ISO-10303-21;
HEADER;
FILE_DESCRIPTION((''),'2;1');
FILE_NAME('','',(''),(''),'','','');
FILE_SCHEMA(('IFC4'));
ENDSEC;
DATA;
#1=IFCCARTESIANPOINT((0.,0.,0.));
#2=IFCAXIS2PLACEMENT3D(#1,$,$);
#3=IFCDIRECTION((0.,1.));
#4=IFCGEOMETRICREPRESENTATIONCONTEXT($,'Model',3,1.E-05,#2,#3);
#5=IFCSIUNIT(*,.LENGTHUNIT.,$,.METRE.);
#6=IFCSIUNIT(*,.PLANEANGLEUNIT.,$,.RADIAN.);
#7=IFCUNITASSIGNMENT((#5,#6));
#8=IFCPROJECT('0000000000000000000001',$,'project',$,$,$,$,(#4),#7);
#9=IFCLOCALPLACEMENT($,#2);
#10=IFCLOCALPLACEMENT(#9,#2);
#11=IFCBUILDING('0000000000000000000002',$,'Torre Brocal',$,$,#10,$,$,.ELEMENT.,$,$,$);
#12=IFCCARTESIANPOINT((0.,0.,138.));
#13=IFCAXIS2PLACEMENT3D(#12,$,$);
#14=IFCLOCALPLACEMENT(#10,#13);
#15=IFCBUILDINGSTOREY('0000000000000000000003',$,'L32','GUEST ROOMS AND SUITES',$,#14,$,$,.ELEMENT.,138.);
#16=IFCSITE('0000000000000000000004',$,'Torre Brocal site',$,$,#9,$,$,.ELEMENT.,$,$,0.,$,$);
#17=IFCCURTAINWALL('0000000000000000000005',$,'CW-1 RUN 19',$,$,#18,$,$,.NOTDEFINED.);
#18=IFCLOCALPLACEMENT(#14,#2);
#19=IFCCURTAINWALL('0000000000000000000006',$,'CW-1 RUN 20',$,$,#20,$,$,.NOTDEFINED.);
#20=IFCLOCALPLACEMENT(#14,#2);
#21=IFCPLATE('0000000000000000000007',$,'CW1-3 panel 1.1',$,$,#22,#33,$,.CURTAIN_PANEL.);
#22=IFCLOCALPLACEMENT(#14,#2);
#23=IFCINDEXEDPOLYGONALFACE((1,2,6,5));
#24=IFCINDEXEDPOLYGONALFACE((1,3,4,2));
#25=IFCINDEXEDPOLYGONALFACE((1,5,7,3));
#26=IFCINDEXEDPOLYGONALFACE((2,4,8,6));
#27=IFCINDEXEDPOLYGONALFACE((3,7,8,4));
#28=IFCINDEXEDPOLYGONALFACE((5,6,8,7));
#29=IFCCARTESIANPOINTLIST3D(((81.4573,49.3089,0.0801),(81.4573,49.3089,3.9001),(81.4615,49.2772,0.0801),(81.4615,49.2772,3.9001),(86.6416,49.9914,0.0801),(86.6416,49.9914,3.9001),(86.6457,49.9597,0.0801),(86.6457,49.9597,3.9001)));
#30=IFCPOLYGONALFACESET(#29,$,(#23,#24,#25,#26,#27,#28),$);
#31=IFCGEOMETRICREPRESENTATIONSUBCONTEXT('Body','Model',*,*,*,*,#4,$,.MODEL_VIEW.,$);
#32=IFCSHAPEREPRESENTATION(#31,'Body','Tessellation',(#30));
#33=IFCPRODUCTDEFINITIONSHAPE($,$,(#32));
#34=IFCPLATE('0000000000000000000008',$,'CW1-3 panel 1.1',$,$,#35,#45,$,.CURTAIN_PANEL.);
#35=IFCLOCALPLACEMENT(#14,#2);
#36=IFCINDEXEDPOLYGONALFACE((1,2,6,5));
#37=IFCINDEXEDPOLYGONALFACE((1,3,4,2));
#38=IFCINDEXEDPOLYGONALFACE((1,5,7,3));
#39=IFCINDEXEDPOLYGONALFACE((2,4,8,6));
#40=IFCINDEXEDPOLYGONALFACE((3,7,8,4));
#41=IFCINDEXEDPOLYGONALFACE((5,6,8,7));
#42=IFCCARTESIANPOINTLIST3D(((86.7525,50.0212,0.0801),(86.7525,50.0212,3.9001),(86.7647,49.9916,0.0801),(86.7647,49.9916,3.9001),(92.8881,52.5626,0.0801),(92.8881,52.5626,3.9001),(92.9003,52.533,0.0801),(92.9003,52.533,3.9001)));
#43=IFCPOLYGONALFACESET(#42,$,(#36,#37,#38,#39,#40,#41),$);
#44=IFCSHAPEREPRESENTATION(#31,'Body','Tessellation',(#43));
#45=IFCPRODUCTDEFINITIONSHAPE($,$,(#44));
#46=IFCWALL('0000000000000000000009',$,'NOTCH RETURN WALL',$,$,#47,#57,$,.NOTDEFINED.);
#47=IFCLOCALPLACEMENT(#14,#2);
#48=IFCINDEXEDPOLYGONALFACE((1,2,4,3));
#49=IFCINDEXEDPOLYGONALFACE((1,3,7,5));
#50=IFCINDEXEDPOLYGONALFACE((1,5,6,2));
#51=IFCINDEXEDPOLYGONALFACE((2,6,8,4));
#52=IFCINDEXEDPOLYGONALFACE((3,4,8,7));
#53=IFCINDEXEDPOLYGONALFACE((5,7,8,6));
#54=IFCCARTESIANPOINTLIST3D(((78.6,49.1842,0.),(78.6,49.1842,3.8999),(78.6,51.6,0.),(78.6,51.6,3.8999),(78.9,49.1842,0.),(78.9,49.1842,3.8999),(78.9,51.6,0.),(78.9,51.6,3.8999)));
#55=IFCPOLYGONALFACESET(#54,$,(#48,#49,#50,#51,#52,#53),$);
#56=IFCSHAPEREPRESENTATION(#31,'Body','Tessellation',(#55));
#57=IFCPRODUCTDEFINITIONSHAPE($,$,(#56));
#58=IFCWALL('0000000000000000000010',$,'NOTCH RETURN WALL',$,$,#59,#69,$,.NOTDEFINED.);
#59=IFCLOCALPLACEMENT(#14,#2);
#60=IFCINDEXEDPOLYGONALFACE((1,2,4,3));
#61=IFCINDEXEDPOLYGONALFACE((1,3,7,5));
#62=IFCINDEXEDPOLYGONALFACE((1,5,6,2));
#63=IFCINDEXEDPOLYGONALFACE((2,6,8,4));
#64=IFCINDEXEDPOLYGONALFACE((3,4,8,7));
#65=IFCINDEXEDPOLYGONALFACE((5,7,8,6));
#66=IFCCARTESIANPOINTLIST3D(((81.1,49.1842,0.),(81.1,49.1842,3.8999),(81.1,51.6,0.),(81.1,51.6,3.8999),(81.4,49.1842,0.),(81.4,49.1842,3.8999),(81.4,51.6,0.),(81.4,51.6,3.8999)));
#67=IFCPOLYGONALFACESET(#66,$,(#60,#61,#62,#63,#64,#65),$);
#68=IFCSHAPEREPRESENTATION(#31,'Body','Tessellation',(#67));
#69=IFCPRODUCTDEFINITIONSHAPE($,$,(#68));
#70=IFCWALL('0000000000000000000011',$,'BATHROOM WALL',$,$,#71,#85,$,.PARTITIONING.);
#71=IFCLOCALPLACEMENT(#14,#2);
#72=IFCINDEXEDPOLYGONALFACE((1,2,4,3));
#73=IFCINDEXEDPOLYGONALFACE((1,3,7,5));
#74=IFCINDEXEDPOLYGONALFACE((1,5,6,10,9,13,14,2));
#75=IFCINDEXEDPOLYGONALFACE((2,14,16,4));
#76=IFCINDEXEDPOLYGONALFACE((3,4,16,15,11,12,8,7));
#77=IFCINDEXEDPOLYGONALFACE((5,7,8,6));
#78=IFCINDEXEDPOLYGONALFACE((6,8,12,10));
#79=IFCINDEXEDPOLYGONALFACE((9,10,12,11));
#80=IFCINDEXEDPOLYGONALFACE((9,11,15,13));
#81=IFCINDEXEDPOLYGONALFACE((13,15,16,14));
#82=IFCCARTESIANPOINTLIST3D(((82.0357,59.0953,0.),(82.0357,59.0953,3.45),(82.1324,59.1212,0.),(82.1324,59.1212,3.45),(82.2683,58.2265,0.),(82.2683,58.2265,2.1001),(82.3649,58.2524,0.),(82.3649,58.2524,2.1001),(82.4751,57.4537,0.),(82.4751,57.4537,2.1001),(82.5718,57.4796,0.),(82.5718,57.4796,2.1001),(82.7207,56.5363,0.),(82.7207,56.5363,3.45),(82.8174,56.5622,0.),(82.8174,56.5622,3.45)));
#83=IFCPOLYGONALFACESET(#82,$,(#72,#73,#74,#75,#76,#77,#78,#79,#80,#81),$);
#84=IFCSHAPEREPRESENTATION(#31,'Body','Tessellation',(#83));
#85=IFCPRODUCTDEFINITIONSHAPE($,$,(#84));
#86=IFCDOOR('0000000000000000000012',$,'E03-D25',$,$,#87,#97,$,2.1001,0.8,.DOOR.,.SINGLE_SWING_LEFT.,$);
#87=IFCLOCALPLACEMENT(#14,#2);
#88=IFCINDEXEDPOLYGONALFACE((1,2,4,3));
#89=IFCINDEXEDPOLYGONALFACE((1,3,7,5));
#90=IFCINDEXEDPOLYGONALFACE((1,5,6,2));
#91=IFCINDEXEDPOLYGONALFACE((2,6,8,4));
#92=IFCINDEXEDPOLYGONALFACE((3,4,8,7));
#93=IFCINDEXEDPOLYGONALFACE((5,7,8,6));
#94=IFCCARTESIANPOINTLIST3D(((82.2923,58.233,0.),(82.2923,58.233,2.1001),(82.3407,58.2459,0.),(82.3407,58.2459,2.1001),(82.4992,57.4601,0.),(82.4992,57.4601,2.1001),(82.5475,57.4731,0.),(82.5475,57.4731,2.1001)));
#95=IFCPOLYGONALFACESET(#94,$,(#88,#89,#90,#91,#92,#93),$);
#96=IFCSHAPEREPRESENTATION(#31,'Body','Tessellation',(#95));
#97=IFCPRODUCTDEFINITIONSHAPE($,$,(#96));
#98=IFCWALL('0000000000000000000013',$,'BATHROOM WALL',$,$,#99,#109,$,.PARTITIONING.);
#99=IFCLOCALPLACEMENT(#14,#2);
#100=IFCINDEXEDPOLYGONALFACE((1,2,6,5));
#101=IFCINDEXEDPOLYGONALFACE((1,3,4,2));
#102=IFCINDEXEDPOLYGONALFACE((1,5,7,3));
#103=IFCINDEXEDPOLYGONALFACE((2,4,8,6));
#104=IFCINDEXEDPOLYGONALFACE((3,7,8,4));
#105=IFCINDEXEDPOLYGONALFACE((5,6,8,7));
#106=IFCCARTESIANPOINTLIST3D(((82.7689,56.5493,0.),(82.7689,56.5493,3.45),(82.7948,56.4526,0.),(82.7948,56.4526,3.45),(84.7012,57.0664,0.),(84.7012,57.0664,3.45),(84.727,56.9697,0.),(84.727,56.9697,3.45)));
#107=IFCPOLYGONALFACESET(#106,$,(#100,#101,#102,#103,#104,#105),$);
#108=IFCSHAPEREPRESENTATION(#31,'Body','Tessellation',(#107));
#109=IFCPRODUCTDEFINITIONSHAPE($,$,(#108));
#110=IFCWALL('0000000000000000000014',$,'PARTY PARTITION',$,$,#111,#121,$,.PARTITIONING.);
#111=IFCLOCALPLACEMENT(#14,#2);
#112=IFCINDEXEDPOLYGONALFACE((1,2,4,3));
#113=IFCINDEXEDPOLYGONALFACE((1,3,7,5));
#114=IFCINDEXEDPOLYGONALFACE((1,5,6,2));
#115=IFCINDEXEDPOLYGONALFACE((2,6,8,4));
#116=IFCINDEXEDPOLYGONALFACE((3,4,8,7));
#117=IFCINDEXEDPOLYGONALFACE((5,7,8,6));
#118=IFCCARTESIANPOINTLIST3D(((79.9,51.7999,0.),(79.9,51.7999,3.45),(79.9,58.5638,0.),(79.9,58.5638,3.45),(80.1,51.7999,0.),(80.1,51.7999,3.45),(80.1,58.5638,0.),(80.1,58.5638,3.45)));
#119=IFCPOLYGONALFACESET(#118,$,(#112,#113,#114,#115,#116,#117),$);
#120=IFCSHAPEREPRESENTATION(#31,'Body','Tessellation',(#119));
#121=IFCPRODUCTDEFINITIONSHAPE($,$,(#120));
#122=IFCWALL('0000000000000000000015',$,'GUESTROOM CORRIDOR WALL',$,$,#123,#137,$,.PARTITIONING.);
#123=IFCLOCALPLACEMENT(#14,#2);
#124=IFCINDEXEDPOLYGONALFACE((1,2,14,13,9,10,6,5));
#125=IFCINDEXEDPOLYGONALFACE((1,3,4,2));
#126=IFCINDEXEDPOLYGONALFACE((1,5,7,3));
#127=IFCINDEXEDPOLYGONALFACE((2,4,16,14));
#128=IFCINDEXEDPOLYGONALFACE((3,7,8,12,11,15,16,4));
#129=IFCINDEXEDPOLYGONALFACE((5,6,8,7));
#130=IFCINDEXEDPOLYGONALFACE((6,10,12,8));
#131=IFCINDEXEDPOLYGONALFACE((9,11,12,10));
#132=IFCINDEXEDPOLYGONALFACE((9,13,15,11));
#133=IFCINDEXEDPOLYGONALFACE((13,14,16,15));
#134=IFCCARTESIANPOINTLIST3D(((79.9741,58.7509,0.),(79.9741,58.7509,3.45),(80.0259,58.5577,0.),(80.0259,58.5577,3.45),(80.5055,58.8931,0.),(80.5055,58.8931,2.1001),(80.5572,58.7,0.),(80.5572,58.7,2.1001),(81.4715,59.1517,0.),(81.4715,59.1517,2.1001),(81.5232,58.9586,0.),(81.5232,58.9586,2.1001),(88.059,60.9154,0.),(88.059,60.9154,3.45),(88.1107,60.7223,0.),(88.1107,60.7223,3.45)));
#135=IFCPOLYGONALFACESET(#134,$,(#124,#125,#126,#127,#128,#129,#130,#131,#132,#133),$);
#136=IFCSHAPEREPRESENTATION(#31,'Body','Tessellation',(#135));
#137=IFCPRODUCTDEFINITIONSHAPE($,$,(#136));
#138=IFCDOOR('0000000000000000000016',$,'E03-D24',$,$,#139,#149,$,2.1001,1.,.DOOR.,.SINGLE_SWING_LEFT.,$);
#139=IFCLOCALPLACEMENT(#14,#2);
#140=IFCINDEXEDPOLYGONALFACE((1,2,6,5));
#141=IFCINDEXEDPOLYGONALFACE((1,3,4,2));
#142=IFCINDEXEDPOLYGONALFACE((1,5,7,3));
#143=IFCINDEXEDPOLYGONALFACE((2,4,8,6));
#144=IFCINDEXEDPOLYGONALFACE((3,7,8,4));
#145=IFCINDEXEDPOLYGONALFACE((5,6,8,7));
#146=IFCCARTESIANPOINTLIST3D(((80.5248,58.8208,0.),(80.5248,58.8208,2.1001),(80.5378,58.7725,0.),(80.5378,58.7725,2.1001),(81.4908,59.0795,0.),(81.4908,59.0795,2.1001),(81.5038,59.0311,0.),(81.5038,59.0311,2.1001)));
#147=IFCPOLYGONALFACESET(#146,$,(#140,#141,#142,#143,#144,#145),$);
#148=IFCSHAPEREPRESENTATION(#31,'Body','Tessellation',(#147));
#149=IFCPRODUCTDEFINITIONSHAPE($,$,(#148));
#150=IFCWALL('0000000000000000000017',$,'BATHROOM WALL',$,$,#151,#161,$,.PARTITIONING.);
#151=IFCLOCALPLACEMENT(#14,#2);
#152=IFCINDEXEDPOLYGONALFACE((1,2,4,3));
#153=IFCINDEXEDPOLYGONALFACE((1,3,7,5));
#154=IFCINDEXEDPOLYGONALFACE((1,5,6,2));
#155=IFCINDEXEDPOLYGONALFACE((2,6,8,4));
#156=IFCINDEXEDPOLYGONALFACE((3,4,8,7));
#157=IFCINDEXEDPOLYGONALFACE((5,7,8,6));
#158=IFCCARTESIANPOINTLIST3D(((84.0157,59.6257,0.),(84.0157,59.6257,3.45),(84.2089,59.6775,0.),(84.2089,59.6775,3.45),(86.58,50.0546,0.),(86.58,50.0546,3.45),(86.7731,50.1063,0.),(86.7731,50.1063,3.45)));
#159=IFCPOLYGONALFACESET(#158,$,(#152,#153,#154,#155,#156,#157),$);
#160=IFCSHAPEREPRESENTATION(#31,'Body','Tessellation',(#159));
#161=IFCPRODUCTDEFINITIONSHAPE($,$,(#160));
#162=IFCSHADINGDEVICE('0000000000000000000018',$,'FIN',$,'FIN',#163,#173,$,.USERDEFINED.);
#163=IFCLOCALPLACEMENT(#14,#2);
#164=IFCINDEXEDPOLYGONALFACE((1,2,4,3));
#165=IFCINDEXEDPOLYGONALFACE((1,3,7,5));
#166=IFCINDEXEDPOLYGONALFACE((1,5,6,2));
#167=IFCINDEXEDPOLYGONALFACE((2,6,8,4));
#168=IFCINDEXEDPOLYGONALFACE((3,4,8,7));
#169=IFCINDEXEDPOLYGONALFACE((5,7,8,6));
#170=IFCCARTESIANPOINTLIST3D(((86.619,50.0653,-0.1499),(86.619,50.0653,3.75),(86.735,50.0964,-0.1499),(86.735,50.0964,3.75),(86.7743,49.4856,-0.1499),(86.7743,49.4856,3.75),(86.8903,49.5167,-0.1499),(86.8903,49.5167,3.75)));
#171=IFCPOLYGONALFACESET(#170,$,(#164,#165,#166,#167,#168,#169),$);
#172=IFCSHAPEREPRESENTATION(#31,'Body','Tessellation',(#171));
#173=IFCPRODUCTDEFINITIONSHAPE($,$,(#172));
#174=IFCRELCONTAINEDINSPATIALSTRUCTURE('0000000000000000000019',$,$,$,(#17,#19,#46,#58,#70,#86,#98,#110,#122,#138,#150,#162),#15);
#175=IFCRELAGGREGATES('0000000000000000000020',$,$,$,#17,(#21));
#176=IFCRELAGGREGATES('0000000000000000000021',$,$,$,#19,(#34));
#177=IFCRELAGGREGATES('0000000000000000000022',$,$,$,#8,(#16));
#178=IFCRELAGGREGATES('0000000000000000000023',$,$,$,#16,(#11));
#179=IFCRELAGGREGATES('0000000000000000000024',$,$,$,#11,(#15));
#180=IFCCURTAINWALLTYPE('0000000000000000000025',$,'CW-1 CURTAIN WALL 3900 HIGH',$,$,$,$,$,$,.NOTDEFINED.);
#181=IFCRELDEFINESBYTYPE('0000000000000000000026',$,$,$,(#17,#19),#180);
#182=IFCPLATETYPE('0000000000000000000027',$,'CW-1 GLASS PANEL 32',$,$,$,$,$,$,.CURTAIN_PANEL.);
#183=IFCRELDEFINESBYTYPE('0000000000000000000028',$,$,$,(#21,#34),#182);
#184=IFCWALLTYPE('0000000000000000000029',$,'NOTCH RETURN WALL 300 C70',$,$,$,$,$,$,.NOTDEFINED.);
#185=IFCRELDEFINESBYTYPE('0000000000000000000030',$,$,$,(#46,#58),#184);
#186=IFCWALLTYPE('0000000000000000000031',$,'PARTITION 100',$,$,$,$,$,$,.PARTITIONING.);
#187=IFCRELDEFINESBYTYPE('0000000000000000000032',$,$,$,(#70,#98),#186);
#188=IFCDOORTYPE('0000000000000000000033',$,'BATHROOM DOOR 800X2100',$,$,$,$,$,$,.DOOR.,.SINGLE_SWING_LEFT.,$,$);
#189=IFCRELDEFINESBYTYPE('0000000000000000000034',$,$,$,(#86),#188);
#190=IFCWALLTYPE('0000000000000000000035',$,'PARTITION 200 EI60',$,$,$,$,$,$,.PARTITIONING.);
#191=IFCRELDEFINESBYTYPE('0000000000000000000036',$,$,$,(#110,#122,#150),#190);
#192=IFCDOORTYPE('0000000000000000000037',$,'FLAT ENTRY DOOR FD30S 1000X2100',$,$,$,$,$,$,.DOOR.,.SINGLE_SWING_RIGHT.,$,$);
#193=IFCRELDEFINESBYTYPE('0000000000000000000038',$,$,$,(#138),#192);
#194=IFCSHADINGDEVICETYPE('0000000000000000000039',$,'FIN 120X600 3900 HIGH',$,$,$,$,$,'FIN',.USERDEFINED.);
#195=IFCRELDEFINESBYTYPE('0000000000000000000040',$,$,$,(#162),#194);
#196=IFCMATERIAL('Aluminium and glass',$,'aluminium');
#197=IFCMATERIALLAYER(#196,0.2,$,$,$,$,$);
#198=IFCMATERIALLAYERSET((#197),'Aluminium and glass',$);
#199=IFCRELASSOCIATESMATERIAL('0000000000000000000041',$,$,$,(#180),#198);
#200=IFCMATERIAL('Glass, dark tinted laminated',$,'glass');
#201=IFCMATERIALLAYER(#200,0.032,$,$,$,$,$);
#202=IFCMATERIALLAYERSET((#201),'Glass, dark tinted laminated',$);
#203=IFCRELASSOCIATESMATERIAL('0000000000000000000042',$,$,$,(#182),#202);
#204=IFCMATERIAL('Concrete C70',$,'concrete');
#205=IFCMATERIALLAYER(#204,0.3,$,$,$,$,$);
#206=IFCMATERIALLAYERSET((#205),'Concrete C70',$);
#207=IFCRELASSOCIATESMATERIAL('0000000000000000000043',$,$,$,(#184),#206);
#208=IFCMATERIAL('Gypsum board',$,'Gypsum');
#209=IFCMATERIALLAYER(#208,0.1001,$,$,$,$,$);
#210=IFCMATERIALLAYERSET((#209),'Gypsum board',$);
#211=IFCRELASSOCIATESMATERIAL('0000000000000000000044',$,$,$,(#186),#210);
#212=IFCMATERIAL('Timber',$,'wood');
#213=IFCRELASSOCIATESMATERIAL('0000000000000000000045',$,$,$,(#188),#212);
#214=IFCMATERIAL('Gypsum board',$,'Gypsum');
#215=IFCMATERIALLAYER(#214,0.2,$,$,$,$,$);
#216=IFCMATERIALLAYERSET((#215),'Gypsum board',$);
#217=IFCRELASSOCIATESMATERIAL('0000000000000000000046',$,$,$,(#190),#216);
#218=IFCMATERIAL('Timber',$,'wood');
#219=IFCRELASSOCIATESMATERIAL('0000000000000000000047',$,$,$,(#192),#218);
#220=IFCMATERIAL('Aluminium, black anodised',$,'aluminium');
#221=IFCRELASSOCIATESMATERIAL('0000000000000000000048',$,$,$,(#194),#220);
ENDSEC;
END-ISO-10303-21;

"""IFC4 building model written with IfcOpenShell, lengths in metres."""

from ifc_helpers import new_model, si_unit, direction, frame, frame_2d, origin, origin_2d, place, context, subcontext, project, spatial, rectangle, extrude, material, layer, layer_set, material_profile, profile_set, type_object, element, fill, aggregate, save


model = new_model("IFC4")

# Units and contexts
model_context = context("Model", 3, precision=1e-05, world=origin(), true_north=direction((0.0, 1.0)))
body_context = subcontext(model_context, "Body", "Model", "MODEL_VIEW")
ifc_project = project(units=[si_unit("LENGTHUNIT", "METRE"), si_unit("PLANEANGLEUNIT", "RADIAN")], contexts=[model_context])

# Site, building, storey
site_placement = place(None, origin())
site = spatial("IfcSite", under=ifc_project, at=site_placement, Name="Torre Brocal site", CompositionType="ELEMENT", RefElevation=0.0)
building_placement = place(site_placement, origin())
building = spatial("IfcBuilding", under=site, at=building_placement, Name="Torre Brocal", CompositionType="ELEMENT")
storey_placement = place(building_placement, frame((0.0, 0.0, 138.0)))
storey = spatial("IfcBuildingStorey", under=building, at=storey_placement, Name="L32", Description="GUEST ROOMS AND SUITES", CompositionType="ELEMENT", Elevation=138.0)

# Curtain wall
ifc_material_1 = material(Name="Aluminium and glass", Category="aluminium")
ifc_layer_1 = layer(ifc_material_1, 0.2)
ifc_layer_set_1 = layer_set([ifc_layer_1], Name="Aluminium and glass")
curtain_wall_type = type_object("IfcCurtainWallType", Name="CW-1 CURTAIN WALL 3900 HIGH", PredefinedType="NOTDEFINED", material=ifc_layer_set_1)
curtain_wall_1_placement = place(storey_placement, origin())
curtain_wall_1 = element("IfcCurtainWall", 1, at=curtain_wall_1_placement, inside=storey, type_object=curtain_wall_type, Name="CW-1 RUN 19", PredefinedType="NOTDEFINED")

# Curtain wall
curtain_wall_2_placement = place(storey_placement, origin())
curtain_wall_2 = element("IfcCurtainWall", 2, at=curtain_wall_2_placement, inside=storey, type_object=curtain_wall_type, Name="CW-1 RUN 20", PredefinedType="NOTDEFINED")

# Plates
ifc_material_2 = material(Name="Glass, dark tinted laminated", Category="glass")
ifc_layer_2 = layer(ifc_material_2, 0.032)
ifc_layer_set_2 = layer_set([ifc_layer_2], Name="Glass, dark tinted laminated")
plate_type = type_object("IfcPlateType", Name="CW-1 GLASS PANEL 32", PredefinedType="CURTAIN_PANEL", material=ifc_layer_set_2)
plate_1_placement = place(storey_placement, frame((84.0515, 49.6343, 0.0801), z_axis=(0.0, 0.0, 1.0), x_axis=(0.991445, 0.130526, 0.0)))
plate_1 = element("IfcPlate", 3, at=plate_1_placement, type_object=plate_type, Name="CW1-3 panel 1.1", PredefinedType="CURTAIN_PANEL", context=body_context, shape_type="SweptSolid", body=[
    extrude(rectangle(XDim=5.229, YDim=0.032, at=origin_2d()), origin(), (0.0, 0.0, 1.0), 3.8201),
])
aggregate(curtain_wall_1, [plate_1])
plate_2_placement = place(storey_placement, frame((89.8264, 51.2771, 0.0801), z_axis=(0.0, 0.0, 1.0), x_axis=(0.92388, 0.382683, 0.0)))
plate_2 = element("IfcPlate", 4, at=plate_2_placement, type_object=plate_type, Name="CW1-3 panel 1.1", PredefinedType="CURTAIN_PANEL", context=body_context, shape_type="SweptSolid", body=[
    extrude(rectangle(XDim=6.6411, YDim=0.032, at=origin_2d()), origin(), (0.0, 0.0, 1.0), 3.8201),
])
aggregate(curtain_wall_2, [plate_2])

# Walls
ifc_material_3 = material(Name="Concrete C70", Category="concrete")
ifc_layer_3 = layer(ifc_material_3, 0.3)
ifc_layer_set_3 = layer_set([ifc_layer_3], Name="Concrete C70")
wall_type_1 = type_object("IfcWallType", Name="NOTCH RETURN WALL 300 C70", PredefinedType="NOTDEFINED", material=ifc_layer_set_3)
for number, where, z_axis, x_axis, name in (
    (5, (78.75, 51.6001, 0.0), (0.0, 0.0, 1.0), (0.0, -1.0, 0.0), "NOTCH RETURN WALL"),
    (6, (81.25, 51.6001, 0.0), (0.0, 0.0, 1.0), (0.0, -1.0, 0.0), "NOTCH RETURN WALL"),
):
    element("IfcWall", number, at=place(storey_placement, frame(where, z_axis=z_axis, x_axis=x_axis)), inside=storey, type_object=wall_type_1, Name=name, PredefinedType="NOTDEFINED", context=body_context, shape_type="SweptSolid", body=[
        extrude(rectangle(XDim=2.4158, YDim=0.3, at=frame_2d((1.208, 0.0))), origin(), (0.0, 0.0, 1.0), 3.8999),
    ])

# Wall, opening, door
ifc_material_4 = material(Name="Gypsum board", Category="Gypsum")
ifc_layer_4 = layer(ifc_material_4, 0.1001)
ifc_layer_set_4 = layer_set([ifc_layer_4], Name="Gypsum board")
wall_type_2 = type_object("IfcWallType", Name="PARTITION 100", PredefinedType="PARTITIONING", material=ifc_layer_set_4)
wall_1_placement = place(storey_placement, frame((82.084, 59.1084, 0.0), z_axis=(0.0, 0.0, 1.0), x_axis=(0.258592, -0.965987, 0.0)))
wall_1 = element("IfcWall", 7, at=wall_1_placement, inside=storey, type_object=wall_type_2, Name="BATHROOM WALL", PredefinedType="PARTITIONING", context=body_context, shape_type="SweptSolid", body=[
    extrude(rectangle(XDim=2.6492, YDim=0.1001, at=frame_2d((1.3247, 0.0))), origin(), (0.0, 0.0, 1.0), 3.45),
])
opening_1_placement = place(wall_1_placement, frame((0.8997, 0.0, 0.0)))
opening_1 = element("IfcOpeningElement", 8, at=opening_1_placement, cuts=wall_1, PredefinedType="OPENING", context=body_context, shape_type="SweptSolid", body=[
    extrude(rectangle(XDim=0.8, YDim=2.1001, at=frame_2d((0.3999, 1.05))), frame((0.0, 0.0601, 0.0), z_axis=(0.0, -1.0, 0.0), x_axis=(1.0, 0.0, 0.0)), (0.0, 0.0, 1.0), 0.1201),
])
ifc_material_5 = material(Name="Timber", Category="wood")
door_type_1 = type_object("IfcDoorType", Name="BATHROOM DOOR 800X2100", OperationType="SINGLE_SWING_LEFT", PredefinedType="DOOR", material=ifc_material_5)
door_1_placement = place(opening_1_placement, origin())
door_1 = element("IfcDoor", 9, at=door_1_placement, inside=storey, type_object=door_type_1, Name="E03-D25", OperationType="SINGLE_SWING_LEFT", OverallHeight=2.1001, OverallWidth=0.8, PredefinedType="DOOR", context=body_context, shape_type="SweptSolid", body=[
    extrude(rectangle(XDim=0.8, YDim=2.1001, at=frame_2d((0.3999, 1.05))), frame((0.0, 0.0249, 0.0), z_axis=(0.0, -1.0, 0.0), x_axis=(1.0, 0.0, 0.0)), (0.0, 0.0, 1.0), 0.05),
])
fill(opening_1, door_1)

# Walls
wall_2_placement = place(storey_placement, frame((82.782, 56.501, 0.0), z_axis=(0.0, 0.0, 1.0), x_axis=(0.966004, 0.258529, 0.0)))
element("IfcWall", 10, at=wall_2_placement, inside=storey, type_object=wall_type_2, Name="BATHROOM WALL", PredefinedType="PARTITIONING", context=body_context, shape_type="SweptSolid", body=[
    extrude(rectangle(XDim=2.0002, YDim=0.1001, at=frame_2d((1.0, 0.0))), origin(), (0.0, 0.0, 1.0), 3.45),
])
ifc_material_6 = material(Name="Gypsum board", Category="Gypsum")
ifc_layer_5 = layer(ifc_material_6, 0.2)
ifc_layer_set_5 = layer_set([ifc_layer_5], Name="Gypsum board")
wall_type_3 = type_object("IfcWallType", Name="PARTITION 200 EI60", PredefinedType="PARTITIONING", material=ifc_layer_set_5)
wall_3_placement = place(storey_placement, frame((80.0, 51.8, 0.0), z_axis=(0.0, 0.0, 1.0), x_axis=(0.0, 1.0, 0.0)))
element("IfcWall", 11, at=wall_3_placement, inside=storey, type_object=wall_type_3, Name="PARTY PARTITION", PredefinedType="PARTITIONING", context=body_context, shape_type="SweptSolid", body=[
    extrude(rectangle(XDim=6.7639, YDim=0.2, at=frame_2d((3.3818, 0.0))), origin(), (0.0, 0.0, 1.0), 3.45),
])

# Wall, opening, door
wall_4_placement = place(storey_placement, frame((80.0, 58.6543, 0.0), z_axis=(0.0, 0.0, 1.0), x_axis=(0.96598, 0.258617, 0.0)))
wall_4 = element("IfcWall", 12, at=wall_4_placement, inside=storey, type_object=wall_type_3, Name="GUESTROOM CORRIDOR WALL", PredefinedType="PARTITIONING", context=body_context, shape_type="SweptSolid", body=[
    extrude(rectangle(XDim=8.3696, YDim=0.2, at=frame_2d((4.1848, 0.0))), origin(), (0.0, 0.0, 1.0), 3.45),
])
opening_2_placement = place(wall_4_placement, frame((0.55, 0.0, 0.0)))
opening_2 = element("IfcOpeningElement", 13, at=opening_2_placement, cuts=wall_4, PredefinedType="OPENING", context=body_context, shape_type="SweptSolid", body=[
    extrude(rectangle(XDim=1.0, YDim=2.1001, at=frame_2d((0.5, 1.05))), frame((0.0, 0.1099, 0.0), z_axis=(0.0, -1.0, 0.0), x_axis=(1.0, 0.0, 0.0)), (0.0, 0.0, 1.0), 0.22),
])
ifc_material_7 = material(Name="Timber", Category="wood")
door_type_2 = type_object("IfcDoorType", Name="FLAT ENTRY DOOR FD30S 1000X2100", OperationType="SINGLE_SWING_RIGHT", PredefinedType="DOOR", material=ifc_material_7)
door_2_placement = place(opening_2_placement, frame((1.0, 0.0, 0.0), z_axis=(0.0, 0.0, 1.0), x_axis=(-1.0, 0.0, 0.0)))
door_2 = element("IfcDoor", 14, at=door_2_placement, inside=storey, type_object=door_type_2, Name="E03-D24", OperationType="SINGLE_SWING_LEFT", OverallHeight=2.1001, OverallWidth=1.0, PredefinedType="DOOR", context=body_context, shape_type="SweptSolid", body=[
    extrude(rectangle(XDim=1.0, YDim=2.1001, at=frame_2d((0.5, 1.05))), frame((0.0, 0.0249, 0.0), z_axis=(0.0, -1.0, 0.0), x_axis=(1.0, 0.0, 0.0)), (0.0, 0.0, 1.0), 0.05),
])
fill(opening_2, door_2)

# Wall
wall_5_placement = place(storey_placement, frame((84.1123, 59.6516, 0.0), z_axis=(0.0, 0.0, 1.0), x_axis=(0.258787, -0.965935, 0.0)))
element("IfcWall", 15, at=wall_5_placement, inside=storey, type_object=wall_type_3, Name="BATHROOM WALL", PredefinedType="PARTITIONING", context=body_context, shape_type="SweptSolid", body=[
    extrude(rectangle(XDim=9.9087, YDim=0.2, at=frame_2d((4.9543, 0.0))), origin(), (0.0, 0.0, 1.0), 3.45),
])

# Shading device
ifc_material_8 = material(Name="Aluminium, black anodised", Category="aluminium")
ifc_material_profile_1 = material_profile(ifc_material_8, rectangle(XDim=0.1201, YDim=0.6001, at=origin_2d()), Name="FIN 120X600 3900 HIGH")
ifc_profile_set_1 = profile_set([ifc_material_profile_1], Name="Aluminium, black anodised")
shading_device_type = type_object("IfcShadingDeviceType", Name="FIN 120X600 3900 HIGH", ElementType="FIN", PredefinedType="USERDEFINED", material=ifc_profile_set_1)
shading_device_placement = place(storey_placement, frame((86.7546, 49.791, -0.1499), z_axis=(0.0, 0.0, 1.0), x_axis=(0.965926, 0.258819, 0.0)))
element("IfcShadingDevice", 16, at=shading_device_placement, inside=storey, type_object=shading_device_type, Name="FIN", ObjectType="FIN", PredefinedType="USERDEFINED", context=body_context, shape_type="SweptSolid", body=[
    extrude(rectangle(XDim=0.1201, YDim=0.6001, at=origin_2d()), origin(), (0.0, 0.0, 1.0), 3.8999),
])

save(model, "model.ifc")
